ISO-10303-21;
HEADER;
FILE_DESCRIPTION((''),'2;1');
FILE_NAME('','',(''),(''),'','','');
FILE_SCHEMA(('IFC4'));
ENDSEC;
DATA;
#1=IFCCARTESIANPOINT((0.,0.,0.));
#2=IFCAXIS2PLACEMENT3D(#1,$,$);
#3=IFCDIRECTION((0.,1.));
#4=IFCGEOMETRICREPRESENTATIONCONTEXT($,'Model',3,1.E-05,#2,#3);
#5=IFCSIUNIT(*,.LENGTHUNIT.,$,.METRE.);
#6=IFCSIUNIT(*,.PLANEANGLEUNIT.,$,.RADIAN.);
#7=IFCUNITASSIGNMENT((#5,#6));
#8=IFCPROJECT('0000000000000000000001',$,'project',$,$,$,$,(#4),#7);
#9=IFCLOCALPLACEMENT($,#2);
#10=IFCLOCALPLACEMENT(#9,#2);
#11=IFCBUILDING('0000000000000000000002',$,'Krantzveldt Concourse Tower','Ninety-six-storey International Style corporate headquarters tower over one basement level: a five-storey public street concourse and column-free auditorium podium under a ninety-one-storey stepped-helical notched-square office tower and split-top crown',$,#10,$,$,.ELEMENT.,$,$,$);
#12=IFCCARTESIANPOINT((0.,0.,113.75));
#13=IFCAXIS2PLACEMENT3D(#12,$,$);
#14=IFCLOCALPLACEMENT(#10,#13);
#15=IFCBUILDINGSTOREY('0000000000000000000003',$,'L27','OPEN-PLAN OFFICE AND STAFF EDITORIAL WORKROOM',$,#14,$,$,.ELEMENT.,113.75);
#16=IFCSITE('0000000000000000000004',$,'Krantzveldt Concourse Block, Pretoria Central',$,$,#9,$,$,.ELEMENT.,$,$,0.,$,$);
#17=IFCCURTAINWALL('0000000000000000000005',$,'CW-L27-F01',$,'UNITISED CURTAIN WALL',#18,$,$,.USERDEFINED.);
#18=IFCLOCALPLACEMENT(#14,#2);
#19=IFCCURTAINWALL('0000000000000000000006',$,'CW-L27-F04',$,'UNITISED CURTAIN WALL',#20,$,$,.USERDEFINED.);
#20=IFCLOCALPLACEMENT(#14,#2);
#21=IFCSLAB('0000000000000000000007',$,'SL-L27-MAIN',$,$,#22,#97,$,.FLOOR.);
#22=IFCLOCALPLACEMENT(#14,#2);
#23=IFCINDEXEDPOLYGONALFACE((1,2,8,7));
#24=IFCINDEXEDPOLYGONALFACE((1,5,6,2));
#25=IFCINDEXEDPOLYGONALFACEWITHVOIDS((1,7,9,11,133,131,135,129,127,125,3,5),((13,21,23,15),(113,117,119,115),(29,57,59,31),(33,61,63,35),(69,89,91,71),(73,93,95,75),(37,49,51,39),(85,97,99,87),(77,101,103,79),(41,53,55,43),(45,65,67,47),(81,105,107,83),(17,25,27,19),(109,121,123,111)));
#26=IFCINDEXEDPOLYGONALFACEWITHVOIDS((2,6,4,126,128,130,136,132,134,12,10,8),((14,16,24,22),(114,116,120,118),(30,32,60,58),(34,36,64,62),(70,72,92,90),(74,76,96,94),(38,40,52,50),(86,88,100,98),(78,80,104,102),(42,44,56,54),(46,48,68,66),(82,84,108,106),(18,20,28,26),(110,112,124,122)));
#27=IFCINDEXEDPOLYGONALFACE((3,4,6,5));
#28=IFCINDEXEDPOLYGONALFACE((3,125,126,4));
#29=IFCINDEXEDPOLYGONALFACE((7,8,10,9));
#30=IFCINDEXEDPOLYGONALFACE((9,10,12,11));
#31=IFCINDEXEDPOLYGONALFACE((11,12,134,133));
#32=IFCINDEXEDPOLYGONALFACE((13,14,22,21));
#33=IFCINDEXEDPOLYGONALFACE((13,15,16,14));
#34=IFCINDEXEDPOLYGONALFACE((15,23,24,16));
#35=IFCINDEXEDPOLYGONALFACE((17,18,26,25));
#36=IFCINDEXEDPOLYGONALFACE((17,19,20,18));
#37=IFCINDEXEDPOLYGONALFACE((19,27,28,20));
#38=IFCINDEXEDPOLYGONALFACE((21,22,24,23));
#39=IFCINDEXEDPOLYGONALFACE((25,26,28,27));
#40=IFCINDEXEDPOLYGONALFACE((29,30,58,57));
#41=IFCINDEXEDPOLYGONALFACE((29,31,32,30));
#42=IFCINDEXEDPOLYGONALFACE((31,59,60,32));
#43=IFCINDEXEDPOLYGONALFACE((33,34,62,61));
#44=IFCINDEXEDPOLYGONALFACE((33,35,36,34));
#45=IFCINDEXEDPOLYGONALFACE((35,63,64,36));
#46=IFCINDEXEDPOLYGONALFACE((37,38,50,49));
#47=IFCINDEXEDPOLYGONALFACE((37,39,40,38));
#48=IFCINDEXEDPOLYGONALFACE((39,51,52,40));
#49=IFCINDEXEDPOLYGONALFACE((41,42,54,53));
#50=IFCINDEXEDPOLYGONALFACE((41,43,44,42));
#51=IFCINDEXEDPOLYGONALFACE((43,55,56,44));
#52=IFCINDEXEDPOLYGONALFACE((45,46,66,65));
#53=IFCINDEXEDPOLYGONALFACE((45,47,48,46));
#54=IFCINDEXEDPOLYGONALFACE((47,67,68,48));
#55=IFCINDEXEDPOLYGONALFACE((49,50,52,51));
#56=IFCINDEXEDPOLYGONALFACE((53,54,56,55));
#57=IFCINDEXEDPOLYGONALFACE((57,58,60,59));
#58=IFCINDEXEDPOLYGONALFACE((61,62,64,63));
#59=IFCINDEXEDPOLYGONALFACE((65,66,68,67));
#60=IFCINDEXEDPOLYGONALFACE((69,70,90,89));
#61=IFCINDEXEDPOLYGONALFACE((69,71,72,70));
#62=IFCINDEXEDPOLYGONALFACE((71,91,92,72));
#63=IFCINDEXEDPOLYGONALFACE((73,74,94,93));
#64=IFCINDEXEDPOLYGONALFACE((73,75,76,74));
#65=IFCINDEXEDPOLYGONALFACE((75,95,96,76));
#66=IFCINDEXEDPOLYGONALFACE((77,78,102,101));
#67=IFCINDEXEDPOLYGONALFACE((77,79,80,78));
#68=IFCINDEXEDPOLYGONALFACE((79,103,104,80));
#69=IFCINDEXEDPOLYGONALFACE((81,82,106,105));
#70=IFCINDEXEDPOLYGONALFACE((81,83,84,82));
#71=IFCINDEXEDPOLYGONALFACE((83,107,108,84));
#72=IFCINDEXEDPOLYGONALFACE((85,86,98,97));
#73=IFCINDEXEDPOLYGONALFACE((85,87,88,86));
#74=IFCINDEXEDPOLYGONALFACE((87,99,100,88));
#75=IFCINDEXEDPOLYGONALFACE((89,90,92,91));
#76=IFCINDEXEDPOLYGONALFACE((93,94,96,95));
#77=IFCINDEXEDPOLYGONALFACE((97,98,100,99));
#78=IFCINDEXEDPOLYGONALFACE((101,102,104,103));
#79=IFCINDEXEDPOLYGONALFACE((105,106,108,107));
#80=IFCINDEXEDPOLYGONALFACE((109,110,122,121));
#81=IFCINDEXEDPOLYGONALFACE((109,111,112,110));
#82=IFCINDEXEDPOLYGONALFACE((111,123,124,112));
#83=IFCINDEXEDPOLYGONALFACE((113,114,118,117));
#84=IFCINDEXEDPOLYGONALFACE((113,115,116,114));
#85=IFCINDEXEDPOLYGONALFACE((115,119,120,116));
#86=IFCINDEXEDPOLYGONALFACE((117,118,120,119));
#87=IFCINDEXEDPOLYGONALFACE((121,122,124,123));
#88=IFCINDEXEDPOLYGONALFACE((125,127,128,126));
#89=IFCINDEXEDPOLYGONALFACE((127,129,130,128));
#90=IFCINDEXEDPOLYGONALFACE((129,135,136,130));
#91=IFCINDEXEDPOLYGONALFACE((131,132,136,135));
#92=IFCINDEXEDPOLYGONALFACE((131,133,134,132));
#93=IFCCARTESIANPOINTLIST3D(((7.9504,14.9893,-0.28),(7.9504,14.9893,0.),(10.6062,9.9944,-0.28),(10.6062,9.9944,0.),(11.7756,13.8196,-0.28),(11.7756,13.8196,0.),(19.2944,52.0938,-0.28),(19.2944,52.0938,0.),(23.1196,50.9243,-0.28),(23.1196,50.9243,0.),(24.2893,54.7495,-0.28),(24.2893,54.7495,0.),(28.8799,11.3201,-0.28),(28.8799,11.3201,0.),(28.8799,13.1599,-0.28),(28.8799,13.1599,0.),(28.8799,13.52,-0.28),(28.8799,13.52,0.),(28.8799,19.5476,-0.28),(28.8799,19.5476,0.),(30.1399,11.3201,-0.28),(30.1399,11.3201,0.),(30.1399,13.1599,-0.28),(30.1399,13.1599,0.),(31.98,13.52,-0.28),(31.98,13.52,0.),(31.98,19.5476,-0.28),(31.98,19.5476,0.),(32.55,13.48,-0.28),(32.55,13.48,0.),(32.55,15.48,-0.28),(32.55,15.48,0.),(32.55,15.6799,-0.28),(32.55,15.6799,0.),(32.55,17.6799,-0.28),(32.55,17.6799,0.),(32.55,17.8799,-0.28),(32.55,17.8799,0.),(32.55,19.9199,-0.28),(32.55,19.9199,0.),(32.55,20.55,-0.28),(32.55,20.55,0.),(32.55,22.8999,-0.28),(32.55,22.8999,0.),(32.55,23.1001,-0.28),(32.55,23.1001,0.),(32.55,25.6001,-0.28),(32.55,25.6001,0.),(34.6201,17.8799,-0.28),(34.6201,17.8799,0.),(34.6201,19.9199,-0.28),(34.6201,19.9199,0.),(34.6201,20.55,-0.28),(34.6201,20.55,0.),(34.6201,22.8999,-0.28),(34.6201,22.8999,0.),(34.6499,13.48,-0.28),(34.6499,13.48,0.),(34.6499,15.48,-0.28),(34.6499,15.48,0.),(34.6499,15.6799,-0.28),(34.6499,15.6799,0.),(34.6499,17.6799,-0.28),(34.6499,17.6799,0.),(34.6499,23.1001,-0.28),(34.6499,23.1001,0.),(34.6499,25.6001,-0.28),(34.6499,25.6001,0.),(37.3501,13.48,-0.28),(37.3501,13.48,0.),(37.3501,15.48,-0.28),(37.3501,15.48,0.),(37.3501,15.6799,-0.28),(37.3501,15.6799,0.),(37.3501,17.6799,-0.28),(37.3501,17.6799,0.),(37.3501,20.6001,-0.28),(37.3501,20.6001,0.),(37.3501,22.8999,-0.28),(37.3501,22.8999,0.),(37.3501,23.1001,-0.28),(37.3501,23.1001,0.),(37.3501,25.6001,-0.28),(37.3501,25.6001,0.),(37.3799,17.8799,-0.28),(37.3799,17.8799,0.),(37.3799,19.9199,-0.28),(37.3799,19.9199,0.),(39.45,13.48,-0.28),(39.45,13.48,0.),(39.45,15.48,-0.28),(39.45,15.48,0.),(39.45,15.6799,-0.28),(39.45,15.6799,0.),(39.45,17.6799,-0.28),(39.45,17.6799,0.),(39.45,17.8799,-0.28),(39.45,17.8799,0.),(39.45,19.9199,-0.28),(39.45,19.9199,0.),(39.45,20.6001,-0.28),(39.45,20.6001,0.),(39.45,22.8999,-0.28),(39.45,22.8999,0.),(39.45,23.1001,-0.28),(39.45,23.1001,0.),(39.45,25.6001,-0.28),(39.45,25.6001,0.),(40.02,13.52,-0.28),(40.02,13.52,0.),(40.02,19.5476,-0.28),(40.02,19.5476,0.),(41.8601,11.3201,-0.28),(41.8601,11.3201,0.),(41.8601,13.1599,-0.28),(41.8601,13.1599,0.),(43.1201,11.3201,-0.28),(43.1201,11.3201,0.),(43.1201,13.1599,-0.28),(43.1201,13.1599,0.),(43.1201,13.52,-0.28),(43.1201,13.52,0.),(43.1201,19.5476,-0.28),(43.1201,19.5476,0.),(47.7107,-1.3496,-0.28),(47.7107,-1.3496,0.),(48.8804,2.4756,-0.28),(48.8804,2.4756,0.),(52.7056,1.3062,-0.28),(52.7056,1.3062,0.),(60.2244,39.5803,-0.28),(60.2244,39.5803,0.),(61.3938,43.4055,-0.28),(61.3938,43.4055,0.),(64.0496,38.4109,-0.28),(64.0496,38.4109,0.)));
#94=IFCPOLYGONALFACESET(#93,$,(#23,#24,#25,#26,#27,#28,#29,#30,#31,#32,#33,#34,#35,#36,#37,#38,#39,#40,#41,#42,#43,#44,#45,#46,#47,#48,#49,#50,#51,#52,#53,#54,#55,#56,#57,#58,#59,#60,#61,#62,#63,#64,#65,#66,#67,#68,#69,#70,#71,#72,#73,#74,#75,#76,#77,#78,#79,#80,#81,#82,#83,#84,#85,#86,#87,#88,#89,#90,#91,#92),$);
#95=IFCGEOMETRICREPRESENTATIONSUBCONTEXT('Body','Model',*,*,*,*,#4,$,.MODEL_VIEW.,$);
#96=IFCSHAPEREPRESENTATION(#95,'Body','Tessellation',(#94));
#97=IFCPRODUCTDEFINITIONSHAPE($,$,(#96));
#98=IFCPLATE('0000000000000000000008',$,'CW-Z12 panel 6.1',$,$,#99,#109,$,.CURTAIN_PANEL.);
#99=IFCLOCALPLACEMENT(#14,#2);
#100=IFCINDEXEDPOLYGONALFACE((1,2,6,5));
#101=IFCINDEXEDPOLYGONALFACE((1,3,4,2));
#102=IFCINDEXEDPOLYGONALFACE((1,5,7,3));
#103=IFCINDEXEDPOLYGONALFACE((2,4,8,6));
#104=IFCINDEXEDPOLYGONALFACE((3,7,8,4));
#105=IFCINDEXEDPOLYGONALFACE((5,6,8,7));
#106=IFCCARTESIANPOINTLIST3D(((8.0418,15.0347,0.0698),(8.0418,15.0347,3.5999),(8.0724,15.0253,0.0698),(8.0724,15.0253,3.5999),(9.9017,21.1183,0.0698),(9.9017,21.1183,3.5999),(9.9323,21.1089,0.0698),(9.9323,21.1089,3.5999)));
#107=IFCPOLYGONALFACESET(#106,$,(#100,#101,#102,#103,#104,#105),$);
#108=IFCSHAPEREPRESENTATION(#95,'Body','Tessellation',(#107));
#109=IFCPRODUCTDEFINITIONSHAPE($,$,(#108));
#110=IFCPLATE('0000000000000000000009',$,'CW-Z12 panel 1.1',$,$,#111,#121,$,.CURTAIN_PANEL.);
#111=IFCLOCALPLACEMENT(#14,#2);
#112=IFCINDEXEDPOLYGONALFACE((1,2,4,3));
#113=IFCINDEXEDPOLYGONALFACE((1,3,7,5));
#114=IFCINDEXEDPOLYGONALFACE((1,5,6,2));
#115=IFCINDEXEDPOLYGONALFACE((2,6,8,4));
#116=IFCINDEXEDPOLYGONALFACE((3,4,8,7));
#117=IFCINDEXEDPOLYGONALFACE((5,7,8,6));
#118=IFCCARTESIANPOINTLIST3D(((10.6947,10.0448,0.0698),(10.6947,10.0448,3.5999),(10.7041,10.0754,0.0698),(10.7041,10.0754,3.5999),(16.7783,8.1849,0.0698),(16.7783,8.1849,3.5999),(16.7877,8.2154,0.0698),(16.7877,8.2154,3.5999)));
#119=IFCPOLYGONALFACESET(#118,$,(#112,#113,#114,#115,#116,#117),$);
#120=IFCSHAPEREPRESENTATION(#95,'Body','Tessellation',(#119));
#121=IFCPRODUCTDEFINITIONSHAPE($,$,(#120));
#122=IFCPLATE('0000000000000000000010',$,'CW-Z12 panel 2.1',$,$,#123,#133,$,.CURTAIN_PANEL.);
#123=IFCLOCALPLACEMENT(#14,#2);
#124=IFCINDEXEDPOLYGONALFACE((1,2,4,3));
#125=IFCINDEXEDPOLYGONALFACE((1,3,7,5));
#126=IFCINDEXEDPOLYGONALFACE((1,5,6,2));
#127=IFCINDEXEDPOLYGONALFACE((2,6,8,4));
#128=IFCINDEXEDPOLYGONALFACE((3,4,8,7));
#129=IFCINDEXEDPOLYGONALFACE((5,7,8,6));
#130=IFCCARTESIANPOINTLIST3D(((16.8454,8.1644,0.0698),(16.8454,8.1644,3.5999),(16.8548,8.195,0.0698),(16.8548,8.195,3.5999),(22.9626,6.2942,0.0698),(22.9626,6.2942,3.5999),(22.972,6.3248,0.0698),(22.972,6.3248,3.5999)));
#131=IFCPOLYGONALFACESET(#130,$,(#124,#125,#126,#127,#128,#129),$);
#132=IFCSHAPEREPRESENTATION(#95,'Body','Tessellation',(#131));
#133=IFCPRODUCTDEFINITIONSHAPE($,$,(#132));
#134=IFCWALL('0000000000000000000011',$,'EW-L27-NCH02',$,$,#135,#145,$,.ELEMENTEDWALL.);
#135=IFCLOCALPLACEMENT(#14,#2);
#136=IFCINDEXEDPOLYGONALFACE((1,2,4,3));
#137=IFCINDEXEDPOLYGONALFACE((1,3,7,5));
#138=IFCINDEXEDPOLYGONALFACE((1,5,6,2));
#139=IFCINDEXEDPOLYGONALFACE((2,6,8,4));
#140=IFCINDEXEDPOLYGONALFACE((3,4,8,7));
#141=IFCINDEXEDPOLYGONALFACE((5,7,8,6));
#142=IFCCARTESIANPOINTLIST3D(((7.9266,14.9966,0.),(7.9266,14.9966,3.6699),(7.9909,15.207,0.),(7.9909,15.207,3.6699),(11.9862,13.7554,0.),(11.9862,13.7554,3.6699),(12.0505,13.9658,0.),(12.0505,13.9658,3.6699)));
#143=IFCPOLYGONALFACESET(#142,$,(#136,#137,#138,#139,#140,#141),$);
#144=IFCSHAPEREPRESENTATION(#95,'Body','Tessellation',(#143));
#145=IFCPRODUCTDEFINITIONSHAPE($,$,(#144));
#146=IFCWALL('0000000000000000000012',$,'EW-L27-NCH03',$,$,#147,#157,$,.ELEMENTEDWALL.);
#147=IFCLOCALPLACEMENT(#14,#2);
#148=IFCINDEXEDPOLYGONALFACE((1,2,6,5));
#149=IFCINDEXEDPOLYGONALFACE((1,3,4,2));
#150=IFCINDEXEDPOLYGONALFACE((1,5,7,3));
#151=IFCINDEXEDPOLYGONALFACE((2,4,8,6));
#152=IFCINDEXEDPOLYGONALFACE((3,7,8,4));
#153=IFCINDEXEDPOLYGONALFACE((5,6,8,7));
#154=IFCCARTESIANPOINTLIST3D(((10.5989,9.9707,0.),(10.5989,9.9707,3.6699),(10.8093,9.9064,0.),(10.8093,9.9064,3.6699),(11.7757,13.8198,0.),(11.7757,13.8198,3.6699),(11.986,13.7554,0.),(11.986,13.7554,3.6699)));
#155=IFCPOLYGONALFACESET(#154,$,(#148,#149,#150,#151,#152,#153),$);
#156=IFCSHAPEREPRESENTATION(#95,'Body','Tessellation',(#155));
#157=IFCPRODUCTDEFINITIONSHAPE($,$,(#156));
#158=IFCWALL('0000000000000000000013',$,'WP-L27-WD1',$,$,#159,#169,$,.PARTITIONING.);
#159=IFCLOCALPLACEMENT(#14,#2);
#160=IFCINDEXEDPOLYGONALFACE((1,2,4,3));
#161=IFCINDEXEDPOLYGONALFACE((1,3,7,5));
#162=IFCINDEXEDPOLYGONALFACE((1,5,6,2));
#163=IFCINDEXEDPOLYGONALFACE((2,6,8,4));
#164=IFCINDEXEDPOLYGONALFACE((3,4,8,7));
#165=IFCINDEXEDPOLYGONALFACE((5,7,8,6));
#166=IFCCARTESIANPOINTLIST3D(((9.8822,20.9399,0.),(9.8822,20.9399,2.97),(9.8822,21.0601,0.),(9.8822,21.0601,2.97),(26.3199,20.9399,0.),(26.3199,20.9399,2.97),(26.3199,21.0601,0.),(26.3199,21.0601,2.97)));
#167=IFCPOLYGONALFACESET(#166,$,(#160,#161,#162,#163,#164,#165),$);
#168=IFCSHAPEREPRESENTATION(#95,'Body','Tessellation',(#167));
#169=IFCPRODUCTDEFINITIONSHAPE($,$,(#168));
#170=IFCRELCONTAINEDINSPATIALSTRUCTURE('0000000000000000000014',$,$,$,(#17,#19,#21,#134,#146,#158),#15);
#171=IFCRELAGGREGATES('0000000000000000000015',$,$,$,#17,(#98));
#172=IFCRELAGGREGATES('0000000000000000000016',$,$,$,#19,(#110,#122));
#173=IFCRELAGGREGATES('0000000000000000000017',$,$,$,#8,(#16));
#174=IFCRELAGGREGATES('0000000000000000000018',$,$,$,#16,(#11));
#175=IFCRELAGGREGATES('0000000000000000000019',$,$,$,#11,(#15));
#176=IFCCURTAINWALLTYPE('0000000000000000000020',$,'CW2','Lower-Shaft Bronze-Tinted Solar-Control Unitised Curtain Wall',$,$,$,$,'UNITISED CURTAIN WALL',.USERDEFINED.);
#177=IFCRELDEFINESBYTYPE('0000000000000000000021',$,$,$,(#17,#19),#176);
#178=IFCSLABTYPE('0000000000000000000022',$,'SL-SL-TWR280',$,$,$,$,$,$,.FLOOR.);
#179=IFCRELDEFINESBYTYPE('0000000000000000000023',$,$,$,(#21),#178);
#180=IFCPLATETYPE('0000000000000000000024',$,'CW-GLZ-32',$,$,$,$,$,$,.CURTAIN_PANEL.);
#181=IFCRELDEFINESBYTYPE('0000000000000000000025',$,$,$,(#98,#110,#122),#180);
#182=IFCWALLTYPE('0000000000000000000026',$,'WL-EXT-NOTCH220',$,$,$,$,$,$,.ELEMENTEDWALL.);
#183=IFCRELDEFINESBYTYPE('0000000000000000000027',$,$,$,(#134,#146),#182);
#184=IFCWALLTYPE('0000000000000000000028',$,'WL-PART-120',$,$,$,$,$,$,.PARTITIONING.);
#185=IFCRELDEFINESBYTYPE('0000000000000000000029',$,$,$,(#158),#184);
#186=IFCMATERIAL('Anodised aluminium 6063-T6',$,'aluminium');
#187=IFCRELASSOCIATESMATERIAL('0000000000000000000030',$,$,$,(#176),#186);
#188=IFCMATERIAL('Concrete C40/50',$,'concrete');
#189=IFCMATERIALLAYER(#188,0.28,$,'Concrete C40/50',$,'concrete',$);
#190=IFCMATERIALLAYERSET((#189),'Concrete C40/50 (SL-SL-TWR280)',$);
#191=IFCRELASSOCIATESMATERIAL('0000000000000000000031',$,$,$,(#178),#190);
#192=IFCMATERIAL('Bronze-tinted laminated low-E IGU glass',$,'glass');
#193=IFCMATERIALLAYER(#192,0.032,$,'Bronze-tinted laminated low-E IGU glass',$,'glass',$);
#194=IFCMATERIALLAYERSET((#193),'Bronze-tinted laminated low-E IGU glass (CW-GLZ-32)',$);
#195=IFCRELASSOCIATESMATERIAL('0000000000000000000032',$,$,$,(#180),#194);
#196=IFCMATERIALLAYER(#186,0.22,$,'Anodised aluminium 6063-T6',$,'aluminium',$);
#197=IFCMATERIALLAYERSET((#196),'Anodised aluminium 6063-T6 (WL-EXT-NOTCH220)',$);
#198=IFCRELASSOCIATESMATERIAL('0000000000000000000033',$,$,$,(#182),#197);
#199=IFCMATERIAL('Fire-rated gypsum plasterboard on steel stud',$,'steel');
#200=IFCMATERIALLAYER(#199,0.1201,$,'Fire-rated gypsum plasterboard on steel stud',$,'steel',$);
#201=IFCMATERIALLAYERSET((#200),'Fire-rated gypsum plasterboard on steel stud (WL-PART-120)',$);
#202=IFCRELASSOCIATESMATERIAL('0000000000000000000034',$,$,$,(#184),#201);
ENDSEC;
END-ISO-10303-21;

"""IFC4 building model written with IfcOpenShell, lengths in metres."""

from ifc_helpers import new_model, si_unit, direction, frame, frame_2d, origin, origin_2d, place, context, subcontext, project, spatial, polyline, rectangle, outline, extrude, source, transform, mapped, material, layer, layer_set, type_object, type_shapes, element, aggregate, save


model = new_model("IFC4")

# Units and contexts
model_context = context("Model", 3, precision=1e-05, world=origin(), true_north=direction((0.0, 1.0)))
body_context = subcontext(model_context, "Body", "Model", "MODEL_VIEW")
ifc_project = project(units=[si_unit("LENGTHUNIT", "METRE"), si_unit("PLANEANGLEUNIT", "RADIAN")], contexts=[model_context])

# Site, building, storey
site_placement = place(None, origin())
site = spatial("IfcSite", under=ifc_project, at=site_placement, Name="Krantzveldt Concourse Block, Pretoria Central", CompositionType="ELEMENT", RefElevation=0.0)
building_placement = place(site_placement, origin())
building = spatial("IfcBuilding", under=site, at=building_placement, Name="Krantzveldt Concourse Tower", Description="Ninety-six-storey International Style corporate headquarters tower over one basement level: a five-storey public street concourse and column-free auditorium podium under a ninety-one-storey stepped-helical notched-square office tower and split-top crown", CompositionType="ELEMENT")
storey_placement = place(building_placement, frame((0.0, 0.0, 113.75)))
storey = spatial("IfcBuildingStorey", under=building, at=storey_placement, Name="L27", Description="OPEN-PLAN OFFICE AND STAFF EDITORIAL WORKROOM", CompositionType="ELEMENT", Elevation=113.75)

# Curtain walls
ifc_material_1 = material(Name="Anodised aluminium 6063-T6", Category="aluminium")
curtain_wall_type = type_object("IfcCurtainWallType", Name="CW2", Description="Lower-Shaft Bronze-Tinted Solar-Control Unitised Curtain Wall", ElementType="UNITISED CURTAIN WALL", PredefinedType="USERDEFINED", material=ifc_material_1)
curtain_wall_1_placement = place(storey_placement, origin())
curtain_wall_1 = element("IfcCurtainWall", 1, at=curtain_wall_1_placement, inside=storey, type_object=curtain_wall_type, Name="CW-L27-F01", ObjectType="UNITISED CURTAIN WALL", PredefinedType="USERDEFINED")
curtain_wall_2_placement = place(storey_placement, origin())
curtain_wall_2 = element("IfcCurtainWall", 2, at=curtain_wall_2_placement, inside=storey, type_object=curtain_wall_type, Name="CW-L27-F04", ObjectType="UNITISED CURTAIN WALL", PredefinedType="USERDEFINED")

# Slab
ifc_material_2 = material(Name="Concrete C40/50", Category="concrete")
ifc_layer_1 = layer(ifc_material_2, 0.28, Name="Concrete C40/50", Category="concrete")
ifc_layer_set_1 = layer_set([ifc_layer_1], Name="Concrete C40/50 (SL-SL-TWR280)")
slab_type_1 = type_object("IfcSlabType", Name="SL-SL-TWR280", PredefinedType="FLOOR", material=ifc_layer_set_1)
slab_1_placement = place(storey_placement, frame((0.0, 0.0, -0.28)))
element("IfcSlab", 3, at=slab_1_placement, inside=storey, type_object=slab_type_1, Name="SL-L27-MAIN", PredefinedType="FLOOR", context=body_context, shape_type="SweptSolid", body=[
    extrude(outline(polyline([(23.1196, 50.9243), (19.2944, 52.0938), (7.9504, 14.9893), (11.7756, 13.8196), (10.6062, 9.9944), (47.7107, -1.3496), (48.8804, 2.4756), (52.7056, 1.3062), (64.0496, 38.4109), (60.2244, 39.5803), (61.3938, 43.4055), (24.2893, 54.7495), (23.1196, 50.9243)]), holes=[polyline([(28.8799, 19.5476), (28.8799, 13.52), (31.98, 13.52), (31.98, 19.5476), (28.8799, 19.5476)]), polyline([(40.02, 19.5476), (40.02, 13.52), (43.1201, 13.52), (43.1201, 19.5476), (40.02, 19.5476)]), polyline([(32.55, 23.1001), (34.6499, 23.1001), (34.6499, 25.6001), (32.55, 25.6001), (32.55, 23.1001)]), polyline([(37.3501, 23.1001), (39.45, 23.1001), (39.45, 25.6001), (37.3501, 25.6001), (37.3501, 23.1001)]), polyline([(37.3501, 20.6001), (39.45, 20.6001), (39.45, 22.8999), (37.3501, 22.8999), (37.3501, 20.6001)]), polyline([(32.55, 13.48), (34.6499, 13.48), (34.6499, 15.48), (32.55, 15.48), (32.55, 13.48)]), polyline([(32.55, 15.6799), (34.6499, 15.6799), (34.6499, 17.6799), (32.55, 17.6799), (32.55, 15.6799)]), polyline([(37.3501, 13.48), (39.45, 13.48), (39.45, 15.48), (37.3501, 15.48), (37.3501, 13.48)]), polyline([(37.3501, 15.6799), (39.45, 15.6799), (39.45, 17.6799), (37.3501, 17.6799), (37.3501, 15.6799)]), polyline([(32.55, 20.55), (34.6201, 20.55), (34.6201, 22.8999), (32.55, 22.8999), (32.55, 20.55)]), polyline([(32.55, 17.8799), (34.6201, 17.8799), (34.6201, 19.9199), (32.55, 19.9199), (32.55, 17.8799)]), polyline([(37.3799, 17.8799), (39.45, 17.8799), (39.45, 19.9199), (37.3799, 19.9199), (37.3799, 17.8799)]), polyline([(28.8799, 11.3201), (30.1399, 11.3201), (30.1399, 13.1599), (28.8799, 13.1599), (28.8799, 11.3201)]), polyline([(41.8601, 11.3201), (43.1201, 11.3201), (43.1201, 13.1599), (41.8601, 13.1599), (41.8601, 11.3201)])]), origin(), (0.0, 0.0, 1.0), 0.28),
])

# Plates
ifc_material_3 = material(Name="Bronze-tinted laminated low-E IGU glass", Category="glass")
ifc_layer_2 = layer(ifc_material_3, 0.032, Name="Bronze-tinted laminated low-E IGU glass", Category="glass")
ifc_layer_set_2 = layer_set([ifc_layer_2], Name="Bronze-tinted laminated low-E IGU glass (CW-GLZ-32)")
plate_type = type_object("IfcPlateType", Name="CW-GLZ-32", PredefinedType="CURTAIN_PANEL", material=ifc_layer_set_2)
shared_shape_1 = source(origin(), body_context, "Body", "SweptSolid", [
    extrude(rectangle(XDim=6.3616, YDim=0.032, at=origin_2d()), origin(), (0.0, 0.0, 1.0), 3.53),
])
plate_1_placement = place(storey_placement, frame((8.9871, 18.0718, 0.0698), z_axis=(0.0, 0.0, 1.0), x_axis=(-0.292372, -0.956305, 0.0)))
plate_1 = element("IfcPlate", 4, at=plate_1_placement, type_object=plate_type, Name="CW-Z12 panel 6.1", PredefinedType="CURTAIN_PANEL", context=body_context, shape_type="MappedRepresentation", body=[
    mapped(shared_shape_1, transform((0.0, 0.0, 0.0), x_axis=(1.0, 0.0, 0.0), y_axis=(0.0, 1.0, 0.0), z_axis=(0.0, 0.0, 1.0), scale=1.0)),
])
aggregate(curtain_wall_1, [plate_1])
plate_2_placement = place(storey_placement, frame((13.7412, 9.1301, 0.0698), z_axis=(0.0, 0.0, 1.0), x_axis=(0.956305, -0.292372, 0.0)))
plate_2 = element("IfcPlate", 5, at=plate_2_placement, type_object=plate_type, Name="CW-Z12 panel 1.1", PredefinedType="CURTAIN_PANEL", context=body_context, shape_type="MappedRepresentation", body=[
    mapped(shared_shape_1, transform((0.0, 0.0, 0.0), x_axis=(1.0, 0.0, 0.0), y_axis=(0.0, 1.0, 0.0), z_axis=(0.0, 0.0, 1.0), scale=1.0)),
])
shared_shape_2 = source(origin(), body_context, "Body", "SweptSolid", [
    extrude(rectangle(XDim=6.3967, YDim=0.032, at=origin_2d()), origin(), (0.0, 0.0, 1.0), 3.53),
])
type_shapes(plate_type, [shared_shape_1, shared_shape_2])
plate_3_placement = place(storey_placement, frame((19.9087, 7.2446, 0.0698), z_axis=(0.0, 0.0, 1.0), x_axis=(0.956305, -0.292372, 0.0)))
plate_3 = element("IfcPlate", 6, at=plate_3_placement, type_object=plate_type, Name="CW-Z12 panel 2.1", PredefinedType="CURTAIN_PANEL", context=body_context, shape_type="MappedRepresentation", body=[
    mapped(shared_shape_2, transform((0.0, 0.0, 0.0), x_axis=(1.0, 0.0, 0.0), y_axis=(0.0, 1.0, 0.0), z_axis=(0.0, 0.0, 1.0), scale=1.0)),
])
aggregate(curtain_wall_2, [plate_2, plate_3])

# Walls
ifc_layer_3 = layer(ifc_material_1, 0.22, Name="Anodised aluminium 6063-T6", Category="aluminium")
ifc_layer_set_3 = layer_set([ifc_layer_3], Name="Anodised aluminium 6063-T6 (WL-EXT-NOTCH220)")
wall_type_1 = type_object("IfcWallType", Name="WL-EXT-NOTCH220", PredefinedType="ELEMENTEDWALL", material=ifc_layer_set_3)
wall_1_placement = place(storey_placement, frame((7.9587, 15.1018, 0.0), z_axis=(0.0, 0.0, 1.0), x_axis=(0.9563, -0.292388, 0.0)))
element("IfcWall", 7, at=wall_1_placement, inside=storey, type_object=wall_type_1, Name="EW-L27-NCH02", PredefinedType="ELEMENTEDWALL", context=body_context, shape_type="SweptSolid", body=[
    extrude(rectangle(XDim=4.2451, YDim=0.22, at=frame_2d((2.1226, 0.0))), origin(), (0.0, 0.0, 1.0), 3.6699),
])
wall_2_placement = place(storey_placement, frame((11.8809, 13.7876, 0.0), z_axis=(0.0, 0.0, 1.0), x_axis=(-0.292363, -0.956307, 0.0)))
element("IfcWall", 8, at=wall_2_placement, inside=storey, type_object=wall_type_1, Name="EW-L27-NCH03", PredefinedType="ELEMENTEDWALL", context=body_context, shape_type="SweptSolid", body=[
    extrude(rectangle(XDim=4.0249, YDim=0.22, at=frame_2d((2.0125, 0.0))), origin(), (0.0, 0.0, 1.0), 3.6699),
])
ifc_material_4 = material(Name="Fire-rated gypsum plasterboard on steel stud", Category="steel")
ifc_layer_4 = layer(ifc_material_4, 0.1201, Name="Fire-rated gypsum plasterboard on steel stud", Category="steel")
ifc_layer_set_4 = layer_set([ifc_layer_4], Name="Fire-rated gypsum plasterboard on steel stud (WL-PART-120)")
wall_type_2 = type_object("IfcWallType", Name="WL-PART-120", PredefinedType="PARTITIONING", material=ifc_layer_set_4)
wall_3_placement = place(storey_placement, frame((9.8823, 21.0, 0.0), z_axis=(0.0, 0.0, 1.0), x_axis=(1.0, 0.0, 0.0)))
element("IfcWall", 9, at=wall_3_placement, inside=storey, type_object=wall_type_2, Name="WP-L27-WD1", PredefinedType="PARTITIONING", context=body_context, shape_type="SweptSolid", body=[
    extrude(rectangle(XDim=16.4377, YDim=0.1201, at=frame_2d((8.2188, 0.0))), origin(), (0.0, 0.0, 1.0), 2.97),
])

save(model, "model.ifc")
